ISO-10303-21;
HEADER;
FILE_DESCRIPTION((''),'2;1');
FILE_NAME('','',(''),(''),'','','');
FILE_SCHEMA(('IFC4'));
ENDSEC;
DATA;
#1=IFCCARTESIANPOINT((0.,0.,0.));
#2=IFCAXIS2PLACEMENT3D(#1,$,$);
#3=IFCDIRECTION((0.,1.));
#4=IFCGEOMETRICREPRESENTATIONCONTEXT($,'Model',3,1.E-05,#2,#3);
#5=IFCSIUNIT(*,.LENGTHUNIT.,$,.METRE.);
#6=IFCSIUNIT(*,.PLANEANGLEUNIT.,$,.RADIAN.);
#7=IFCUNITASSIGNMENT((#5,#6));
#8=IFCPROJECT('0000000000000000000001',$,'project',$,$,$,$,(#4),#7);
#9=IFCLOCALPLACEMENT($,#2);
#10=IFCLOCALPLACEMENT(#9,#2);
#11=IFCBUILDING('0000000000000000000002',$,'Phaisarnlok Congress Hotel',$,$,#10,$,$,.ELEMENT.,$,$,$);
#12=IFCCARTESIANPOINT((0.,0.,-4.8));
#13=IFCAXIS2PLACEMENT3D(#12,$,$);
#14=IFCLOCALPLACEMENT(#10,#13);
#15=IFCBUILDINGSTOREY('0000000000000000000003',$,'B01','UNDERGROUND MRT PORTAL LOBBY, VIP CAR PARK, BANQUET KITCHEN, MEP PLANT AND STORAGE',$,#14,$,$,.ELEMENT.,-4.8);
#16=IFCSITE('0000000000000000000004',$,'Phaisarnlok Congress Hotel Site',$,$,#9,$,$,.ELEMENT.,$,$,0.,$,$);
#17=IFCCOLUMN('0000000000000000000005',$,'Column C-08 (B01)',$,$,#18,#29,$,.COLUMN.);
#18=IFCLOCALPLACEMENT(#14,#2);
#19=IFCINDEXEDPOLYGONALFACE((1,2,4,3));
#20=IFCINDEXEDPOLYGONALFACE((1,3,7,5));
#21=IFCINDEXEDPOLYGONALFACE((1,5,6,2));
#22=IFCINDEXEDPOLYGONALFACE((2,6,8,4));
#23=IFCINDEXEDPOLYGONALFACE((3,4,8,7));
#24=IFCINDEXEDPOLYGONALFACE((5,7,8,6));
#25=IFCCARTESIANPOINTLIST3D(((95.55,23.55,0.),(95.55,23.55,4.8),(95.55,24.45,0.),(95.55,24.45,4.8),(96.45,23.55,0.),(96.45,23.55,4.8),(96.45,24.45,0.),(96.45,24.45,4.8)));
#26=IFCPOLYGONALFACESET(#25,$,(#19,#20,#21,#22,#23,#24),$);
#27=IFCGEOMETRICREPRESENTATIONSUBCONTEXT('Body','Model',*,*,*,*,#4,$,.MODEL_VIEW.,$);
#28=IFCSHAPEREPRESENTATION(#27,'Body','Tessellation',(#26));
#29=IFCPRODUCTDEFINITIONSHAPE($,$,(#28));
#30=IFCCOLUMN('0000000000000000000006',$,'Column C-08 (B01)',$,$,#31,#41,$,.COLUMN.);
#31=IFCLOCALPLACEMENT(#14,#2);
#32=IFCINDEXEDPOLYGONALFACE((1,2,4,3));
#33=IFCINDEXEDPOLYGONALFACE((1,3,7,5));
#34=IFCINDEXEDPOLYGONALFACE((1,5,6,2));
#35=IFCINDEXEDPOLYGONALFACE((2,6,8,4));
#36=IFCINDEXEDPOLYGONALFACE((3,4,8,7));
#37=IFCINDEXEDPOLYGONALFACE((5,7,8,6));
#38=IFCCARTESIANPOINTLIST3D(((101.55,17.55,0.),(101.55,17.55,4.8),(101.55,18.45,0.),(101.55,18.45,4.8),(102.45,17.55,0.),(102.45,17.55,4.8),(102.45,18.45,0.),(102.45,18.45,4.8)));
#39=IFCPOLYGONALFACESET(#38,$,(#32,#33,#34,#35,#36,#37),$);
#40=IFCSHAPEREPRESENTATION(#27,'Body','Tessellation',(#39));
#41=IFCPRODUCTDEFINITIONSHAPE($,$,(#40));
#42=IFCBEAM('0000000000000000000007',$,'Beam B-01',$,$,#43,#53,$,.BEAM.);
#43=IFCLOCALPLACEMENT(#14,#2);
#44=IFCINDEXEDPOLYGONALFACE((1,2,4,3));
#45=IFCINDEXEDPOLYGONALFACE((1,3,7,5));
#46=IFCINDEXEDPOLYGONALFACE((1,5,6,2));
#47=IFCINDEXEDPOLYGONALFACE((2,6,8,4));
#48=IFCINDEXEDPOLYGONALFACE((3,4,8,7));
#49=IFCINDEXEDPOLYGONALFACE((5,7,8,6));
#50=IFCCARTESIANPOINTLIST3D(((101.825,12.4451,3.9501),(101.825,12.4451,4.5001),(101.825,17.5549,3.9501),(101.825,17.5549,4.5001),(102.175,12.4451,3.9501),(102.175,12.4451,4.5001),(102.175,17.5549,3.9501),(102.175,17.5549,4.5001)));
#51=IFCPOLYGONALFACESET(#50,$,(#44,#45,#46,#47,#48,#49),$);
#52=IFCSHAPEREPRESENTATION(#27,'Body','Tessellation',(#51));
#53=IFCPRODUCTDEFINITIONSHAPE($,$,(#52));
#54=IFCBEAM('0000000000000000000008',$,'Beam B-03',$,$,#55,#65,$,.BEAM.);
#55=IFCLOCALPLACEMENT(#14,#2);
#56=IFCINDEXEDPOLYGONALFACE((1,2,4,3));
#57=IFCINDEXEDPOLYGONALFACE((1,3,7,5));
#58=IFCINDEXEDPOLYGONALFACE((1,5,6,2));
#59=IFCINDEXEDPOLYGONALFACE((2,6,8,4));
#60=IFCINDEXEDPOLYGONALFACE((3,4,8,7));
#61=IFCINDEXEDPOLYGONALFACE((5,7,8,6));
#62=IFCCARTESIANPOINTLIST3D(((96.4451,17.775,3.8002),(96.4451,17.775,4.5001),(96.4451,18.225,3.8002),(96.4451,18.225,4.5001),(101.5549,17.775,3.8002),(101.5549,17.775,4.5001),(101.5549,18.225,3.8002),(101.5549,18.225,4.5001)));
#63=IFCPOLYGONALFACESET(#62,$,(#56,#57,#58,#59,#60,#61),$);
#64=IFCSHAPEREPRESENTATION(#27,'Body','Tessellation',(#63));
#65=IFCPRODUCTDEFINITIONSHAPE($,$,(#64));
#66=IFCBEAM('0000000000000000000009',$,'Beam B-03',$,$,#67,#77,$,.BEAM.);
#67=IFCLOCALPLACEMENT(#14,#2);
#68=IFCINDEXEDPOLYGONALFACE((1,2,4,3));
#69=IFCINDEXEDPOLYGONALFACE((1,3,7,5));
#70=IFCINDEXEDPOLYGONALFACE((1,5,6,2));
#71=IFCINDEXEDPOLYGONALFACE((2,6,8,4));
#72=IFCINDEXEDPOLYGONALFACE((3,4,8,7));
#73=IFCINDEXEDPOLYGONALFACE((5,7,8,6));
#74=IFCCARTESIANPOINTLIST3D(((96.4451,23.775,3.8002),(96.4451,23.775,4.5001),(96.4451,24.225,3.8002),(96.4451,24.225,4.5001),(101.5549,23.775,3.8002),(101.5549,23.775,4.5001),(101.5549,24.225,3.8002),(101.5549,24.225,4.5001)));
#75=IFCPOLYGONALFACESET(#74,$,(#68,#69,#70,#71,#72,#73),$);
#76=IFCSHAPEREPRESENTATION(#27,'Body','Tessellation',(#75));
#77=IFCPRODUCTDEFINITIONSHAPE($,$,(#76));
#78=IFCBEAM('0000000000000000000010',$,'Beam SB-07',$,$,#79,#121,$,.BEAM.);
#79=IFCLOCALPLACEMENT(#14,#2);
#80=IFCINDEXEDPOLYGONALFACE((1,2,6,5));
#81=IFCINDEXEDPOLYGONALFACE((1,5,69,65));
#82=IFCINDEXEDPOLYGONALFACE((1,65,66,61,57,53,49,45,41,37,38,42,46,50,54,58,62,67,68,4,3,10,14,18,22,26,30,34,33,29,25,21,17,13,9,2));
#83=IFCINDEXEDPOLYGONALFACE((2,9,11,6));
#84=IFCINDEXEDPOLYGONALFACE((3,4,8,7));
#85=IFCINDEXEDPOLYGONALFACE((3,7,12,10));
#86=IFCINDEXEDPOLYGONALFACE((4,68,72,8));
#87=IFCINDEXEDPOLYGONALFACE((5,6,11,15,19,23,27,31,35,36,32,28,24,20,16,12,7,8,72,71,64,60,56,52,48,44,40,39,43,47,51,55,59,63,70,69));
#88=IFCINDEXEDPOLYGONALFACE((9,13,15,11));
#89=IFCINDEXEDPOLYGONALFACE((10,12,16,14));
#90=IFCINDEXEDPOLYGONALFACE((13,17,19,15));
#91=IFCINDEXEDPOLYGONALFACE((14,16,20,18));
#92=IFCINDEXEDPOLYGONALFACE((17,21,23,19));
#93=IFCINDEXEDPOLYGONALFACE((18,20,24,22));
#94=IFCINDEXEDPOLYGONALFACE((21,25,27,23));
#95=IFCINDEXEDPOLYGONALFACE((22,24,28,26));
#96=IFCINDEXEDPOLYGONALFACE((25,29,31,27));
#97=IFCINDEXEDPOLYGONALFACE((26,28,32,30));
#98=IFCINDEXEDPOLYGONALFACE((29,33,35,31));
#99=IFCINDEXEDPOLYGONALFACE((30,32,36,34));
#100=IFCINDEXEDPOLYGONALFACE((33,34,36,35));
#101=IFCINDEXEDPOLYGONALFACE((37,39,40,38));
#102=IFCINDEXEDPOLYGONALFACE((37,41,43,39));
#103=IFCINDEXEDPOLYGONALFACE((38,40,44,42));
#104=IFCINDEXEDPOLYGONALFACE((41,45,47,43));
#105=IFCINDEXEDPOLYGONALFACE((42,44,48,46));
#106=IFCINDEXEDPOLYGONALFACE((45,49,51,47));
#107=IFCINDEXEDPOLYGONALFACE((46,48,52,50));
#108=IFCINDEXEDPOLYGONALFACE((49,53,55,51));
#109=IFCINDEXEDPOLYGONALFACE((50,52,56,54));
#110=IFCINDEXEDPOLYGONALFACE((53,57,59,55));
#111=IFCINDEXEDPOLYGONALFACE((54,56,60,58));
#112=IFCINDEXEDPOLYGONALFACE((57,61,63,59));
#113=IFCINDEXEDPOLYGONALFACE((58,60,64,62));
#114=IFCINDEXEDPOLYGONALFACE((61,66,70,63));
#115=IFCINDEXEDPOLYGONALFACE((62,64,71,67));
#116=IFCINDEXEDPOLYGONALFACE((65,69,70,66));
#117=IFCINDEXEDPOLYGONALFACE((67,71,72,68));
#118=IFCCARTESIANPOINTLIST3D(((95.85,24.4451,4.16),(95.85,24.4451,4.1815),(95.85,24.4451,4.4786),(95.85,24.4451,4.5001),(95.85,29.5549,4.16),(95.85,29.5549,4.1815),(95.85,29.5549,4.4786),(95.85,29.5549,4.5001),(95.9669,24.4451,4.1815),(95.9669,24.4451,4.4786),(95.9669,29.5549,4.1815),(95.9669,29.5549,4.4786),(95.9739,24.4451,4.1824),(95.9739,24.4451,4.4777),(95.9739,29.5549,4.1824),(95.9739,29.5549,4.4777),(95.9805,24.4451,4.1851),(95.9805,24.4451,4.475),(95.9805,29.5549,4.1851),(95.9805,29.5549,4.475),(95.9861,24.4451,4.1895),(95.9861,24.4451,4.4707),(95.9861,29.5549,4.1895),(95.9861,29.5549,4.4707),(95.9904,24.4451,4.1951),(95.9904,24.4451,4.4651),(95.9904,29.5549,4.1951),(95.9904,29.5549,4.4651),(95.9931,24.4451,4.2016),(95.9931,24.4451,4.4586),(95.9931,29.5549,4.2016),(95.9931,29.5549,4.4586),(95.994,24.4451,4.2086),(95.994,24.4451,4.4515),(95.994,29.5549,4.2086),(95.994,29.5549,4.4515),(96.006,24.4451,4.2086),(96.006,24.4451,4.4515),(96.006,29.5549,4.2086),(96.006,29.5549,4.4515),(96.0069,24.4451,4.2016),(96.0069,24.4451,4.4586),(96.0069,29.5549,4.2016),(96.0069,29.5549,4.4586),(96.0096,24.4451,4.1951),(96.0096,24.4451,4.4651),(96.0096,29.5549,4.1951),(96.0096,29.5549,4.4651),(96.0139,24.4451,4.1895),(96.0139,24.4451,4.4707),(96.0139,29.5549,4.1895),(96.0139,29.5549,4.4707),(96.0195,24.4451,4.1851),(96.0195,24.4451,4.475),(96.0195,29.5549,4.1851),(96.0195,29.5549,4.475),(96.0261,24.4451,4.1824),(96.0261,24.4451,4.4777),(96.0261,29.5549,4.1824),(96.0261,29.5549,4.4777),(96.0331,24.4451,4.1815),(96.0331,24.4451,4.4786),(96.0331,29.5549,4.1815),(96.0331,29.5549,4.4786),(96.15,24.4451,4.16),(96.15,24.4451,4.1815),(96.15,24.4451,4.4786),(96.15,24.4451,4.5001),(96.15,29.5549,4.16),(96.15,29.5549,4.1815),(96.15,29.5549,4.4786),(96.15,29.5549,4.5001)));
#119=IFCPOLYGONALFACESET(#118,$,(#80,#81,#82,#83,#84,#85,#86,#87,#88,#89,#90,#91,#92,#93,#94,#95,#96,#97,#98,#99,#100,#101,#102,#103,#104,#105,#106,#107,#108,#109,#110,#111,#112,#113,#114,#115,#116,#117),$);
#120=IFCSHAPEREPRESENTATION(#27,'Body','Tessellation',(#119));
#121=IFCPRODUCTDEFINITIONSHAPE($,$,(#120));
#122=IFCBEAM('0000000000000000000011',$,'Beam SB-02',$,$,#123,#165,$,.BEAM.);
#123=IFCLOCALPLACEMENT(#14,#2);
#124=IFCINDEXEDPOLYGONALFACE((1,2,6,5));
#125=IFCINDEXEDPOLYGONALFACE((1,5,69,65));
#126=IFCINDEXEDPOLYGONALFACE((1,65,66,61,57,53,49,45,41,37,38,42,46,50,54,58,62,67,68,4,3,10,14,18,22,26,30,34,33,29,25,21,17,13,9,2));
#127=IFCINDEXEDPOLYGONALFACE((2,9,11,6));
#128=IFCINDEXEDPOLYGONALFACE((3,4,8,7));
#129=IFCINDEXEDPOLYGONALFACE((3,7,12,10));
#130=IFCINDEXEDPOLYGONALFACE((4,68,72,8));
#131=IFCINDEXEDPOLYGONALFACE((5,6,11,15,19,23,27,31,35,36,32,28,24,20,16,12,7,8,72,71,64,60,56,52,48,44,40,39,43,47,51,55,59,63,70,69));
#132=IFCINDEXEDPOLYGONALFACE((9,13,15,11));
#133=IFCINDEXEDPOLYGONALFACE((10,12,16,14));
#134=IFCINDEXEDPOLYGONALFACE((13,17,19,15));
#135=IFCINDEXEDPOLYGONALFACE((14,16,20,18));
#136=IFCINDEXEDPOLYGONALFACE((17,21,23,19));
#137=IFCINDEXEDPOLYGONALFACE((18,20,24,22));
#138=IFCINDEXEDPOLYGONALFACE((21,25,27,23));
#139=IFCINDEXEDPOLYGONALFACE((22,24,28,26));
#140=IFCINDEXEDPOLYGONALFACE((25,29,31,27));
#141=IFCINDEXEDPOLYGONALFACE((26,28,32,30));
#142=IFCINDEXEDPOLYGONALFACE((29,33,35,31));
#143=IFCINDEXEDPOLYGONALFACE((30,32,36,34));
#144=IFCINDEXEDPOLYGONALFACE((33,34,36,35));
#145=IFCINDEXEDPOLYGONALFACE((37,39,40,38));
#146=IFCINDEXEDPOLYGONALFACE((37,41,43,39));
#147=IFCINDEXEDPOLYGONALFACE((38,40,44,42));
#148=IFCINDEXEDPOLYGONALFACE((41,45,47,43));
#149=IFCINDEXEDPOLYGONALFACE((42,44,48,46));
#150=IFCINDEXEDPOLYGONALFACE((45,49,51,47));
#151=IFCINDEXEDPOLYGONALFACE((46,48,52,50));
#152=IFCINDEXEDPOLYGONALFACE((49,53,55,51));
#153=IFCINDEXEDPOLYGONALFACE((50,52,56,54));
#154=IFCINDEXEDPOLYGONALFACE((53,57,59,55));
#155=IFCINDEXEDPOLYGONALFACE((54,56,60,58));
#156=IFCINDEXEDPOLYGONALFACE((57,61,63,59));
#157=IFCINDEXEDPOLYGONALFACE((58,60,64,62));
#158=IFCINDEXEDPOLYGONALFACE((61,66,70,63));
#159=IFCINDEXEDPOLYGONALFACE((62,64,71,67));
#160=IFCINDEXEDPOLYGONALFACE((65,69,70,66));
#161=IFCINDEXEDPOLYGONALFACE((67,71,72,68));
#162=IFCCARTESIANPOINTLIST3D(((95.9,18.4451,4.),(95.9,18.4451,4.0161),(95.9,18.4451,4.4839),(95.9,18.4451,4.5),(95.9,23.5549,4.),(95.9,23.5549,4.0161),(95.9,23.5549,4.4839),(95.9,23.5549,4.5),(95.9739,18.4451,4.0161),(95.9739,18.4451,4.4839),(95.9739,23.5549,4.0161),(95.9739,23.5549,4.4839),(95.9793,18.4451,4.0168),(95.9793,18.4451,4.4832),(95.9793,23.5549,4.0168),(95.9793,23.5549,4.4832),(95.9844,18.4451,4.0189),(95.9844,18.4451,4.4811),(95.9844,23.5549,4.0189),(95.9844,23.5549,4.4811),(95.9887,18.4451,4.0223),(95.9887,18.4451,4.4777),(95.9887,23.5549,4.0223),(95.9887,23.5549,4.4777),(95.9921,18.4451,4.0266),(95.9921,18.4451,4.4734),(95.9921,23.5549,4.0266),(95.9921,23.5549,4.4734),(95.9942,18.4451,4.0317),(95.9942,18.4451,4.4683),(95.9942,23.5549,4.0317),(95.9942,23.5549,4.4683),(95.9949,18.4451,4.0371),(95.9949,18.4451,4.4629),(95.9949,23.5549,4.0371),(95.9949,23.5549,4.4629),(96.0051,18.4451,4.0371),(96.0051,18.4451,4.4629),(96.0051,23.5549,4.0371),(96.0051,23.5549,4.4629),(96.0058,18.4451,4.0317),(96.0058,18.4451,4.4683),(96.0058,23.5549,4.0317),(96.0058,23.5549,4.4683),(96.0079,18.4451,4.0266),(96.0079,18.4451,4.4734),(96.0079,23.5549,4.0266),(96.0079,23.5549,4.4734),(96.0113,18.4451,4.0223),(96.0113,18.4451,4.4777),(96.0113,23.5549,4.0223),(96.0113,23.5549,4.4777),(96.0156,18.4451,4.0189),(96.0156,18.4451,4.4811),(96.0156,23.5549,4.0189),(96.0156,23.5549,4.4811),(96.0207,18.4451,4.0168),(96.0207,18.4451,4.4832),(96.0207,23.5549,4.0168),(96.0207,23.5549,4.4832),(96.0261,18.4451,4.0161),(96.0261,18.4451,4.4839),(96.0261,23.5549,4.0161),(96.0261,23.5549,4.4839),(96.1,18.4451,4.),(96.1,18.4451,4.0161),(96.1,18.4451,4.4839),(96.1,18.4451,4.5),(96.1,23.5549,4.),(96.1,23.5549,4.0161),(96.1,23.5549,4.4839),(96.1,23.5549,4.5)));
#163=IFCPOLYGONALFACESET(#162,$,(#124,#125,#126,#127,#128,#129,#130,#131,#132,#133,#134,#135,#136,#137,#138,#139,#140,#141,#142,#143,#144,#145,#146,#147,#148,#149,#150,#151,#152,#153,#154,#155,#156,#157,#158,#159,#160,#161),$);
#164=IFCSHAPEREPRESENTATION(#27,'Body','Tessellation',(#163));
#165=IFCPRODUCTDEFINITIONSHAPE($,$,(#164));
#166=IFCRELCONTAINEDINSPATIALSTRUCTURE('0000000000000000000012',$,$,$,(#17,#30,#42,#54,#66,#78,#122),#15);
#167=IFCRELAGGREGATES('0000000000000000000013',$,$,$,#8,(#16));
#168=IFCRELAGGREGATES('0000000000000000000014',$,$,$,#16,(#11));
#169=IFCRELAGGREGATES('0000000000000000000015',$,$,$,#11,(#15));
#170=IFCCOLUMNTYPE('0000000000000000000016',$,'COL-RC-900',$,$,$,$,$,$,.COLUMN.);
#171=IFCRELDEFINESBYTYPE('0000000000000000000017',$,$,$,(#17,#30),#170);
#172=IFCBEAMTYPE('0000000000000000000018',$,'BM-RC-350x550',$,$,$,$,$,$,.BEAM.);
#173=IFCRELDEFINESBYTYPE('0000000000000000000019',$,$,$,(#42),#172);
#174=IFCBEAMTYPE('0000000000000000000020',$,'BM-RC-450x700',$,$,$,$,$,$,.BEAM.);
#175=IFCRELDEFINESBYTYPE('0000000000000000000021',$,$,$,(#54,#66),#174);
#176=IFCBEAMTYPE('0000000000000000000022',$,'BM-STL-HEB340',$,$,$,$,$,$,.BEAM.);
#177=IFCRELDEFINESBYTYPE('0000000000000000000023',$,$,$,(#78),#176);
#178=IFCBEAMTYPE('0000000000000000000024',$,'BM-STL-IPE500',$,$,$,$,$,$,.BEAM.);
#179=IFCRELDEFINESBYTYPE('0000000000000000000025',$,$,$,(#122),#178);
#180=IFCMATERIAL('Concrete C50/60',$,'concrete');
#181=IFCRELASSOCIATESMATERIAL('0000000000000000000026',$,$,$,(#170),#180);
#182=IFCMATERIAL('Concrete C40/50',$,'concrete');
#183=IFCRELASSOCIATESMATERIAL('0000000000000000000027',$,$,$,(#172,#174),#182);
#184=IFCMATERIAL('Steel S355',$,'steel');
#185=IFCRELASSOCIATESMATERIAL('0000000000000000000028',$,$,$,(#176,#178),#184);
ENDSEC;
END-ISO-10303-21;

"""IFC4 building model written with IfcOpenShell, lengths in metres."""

from ifc_helpers import new_model, si_unit, direction, frame, origin, origin_2d, place, context, subcontext, project, spatial, rectangle, i_section, extrude, material, material_profile, profile_set, type_object, element, save


model = new_model("IFC4")

# Units and contexts
model_context = context("Model", 3, precision=1e-05, world=origin(), true_north=direction((0.0, 1.0)))
body_context = subcontext(model_context, "Body", "Model", "MODEL_VIEW")
ifc_project = project(units=[si_unit("LENGTHUNIT", "METRE"), si_unit("PLANEANGLEUNIT", "RADIAN")], contexts=[model_context])

# Site, building, storey
site_placement = place(None, origin())
site = spatial("IfcSite", under=ifc_project, at=site_placement, Name="Phaisarnlok Congress Hotel Site", CompositionType="ELEMENT", RefElevation=0.0)
building_placement = place(site_placement, origin())
building = spatial("IfcBuilding", under=site, at=building_placement, Name="Phaisarnlok Congress Hotel", CompositionType="ELEMENT")
storey_placement = place(building_placement, frame((0.0, 0.0, -4.8)))
storey = spatial("IfcBuildingStorey", under=building, at=storey_placement, Name="B01", Description="UNDERGROUND MRT PORTAL LOBBY, VIP CAR PARK, BANQUET KITCHEN, MEP PLANT AND STORAGE", CompositionType="ELEMENT", Elevation=-4.8)

# Shared definitions
ifc_material_1 = material(Name="Concrete C40/50", Category="concrete")

# Columns
ifc_material_2 = material(Name="Concrete C50/60", Category="concrete")
ifc_material_profile_1 = material_profile(ifc_material_2, rectangle(XDim=0.8999, YDim=0.8999, at=origin_2d()), Name="RC 900x900")
ifc_profile_set_1 = profile_set([ifc_material_profile_1], Name="Concrete C50/60")
column_type = type_object("IfcColumnType", Name="COL-RC-900", PredefinedType="COLUMN", material=ifc_profile_set_1)
for number, where, z_axis, x_axis, name in (
    (1, (96.0, 24.0, 0.0), (0.0, 0.0, 1.0), (1.0, 0.0, 0.0), "Column C-08 (B01)"),
    (2, (102.0, 18.0, 0.0), (0.0, 0.0, 1.0), (1.0, 0.0, 0.0), "Column C-08 (B01)"),
):
    element("IfcColumn", number, at=place(storey_placement, frame(where, z_axis=z_axis, x_axis=x_axis)), inside=storey, type_object=column_type, Name=name, PredefinedType="COLUMN", context=body_context, shape_type="SweptSolid", body=[
        extrude(rectangle(XDim=0.8999, YDim=0.8999, at=origin_2d()), origin(), (0.0, 0.0, 1.0), 4.8),
    ])

# Beams
ifc_material_profile_2 = material_profile(ifc_material_1, rectangle(XDim=0.3501, YDim=0.55, at=origin_2d()), Name="RC 350x550")
ifc_profile_set_2 = profile_set([ifc_material_profile_2], Name="Concrete C40/50")
beam_type_1 = type_object("IfcBeamType", Name="BM-RC-350x550", PredefinedType="BEAM", material=ifc_profile_set_2)
beam_1_placement = place(storey_placement, frame((102.0, 12.4451, 4.2251), z_axis=(0.0, 1.0, 0.0), x_axis=(-1.0, 0.0, 0.0)))
element("IfcBeam", 3, at=beam_1_placement, inside=storey, type_object=beam_type_1, Name="Beam B-01", PredefinedType="BEAM", context=body_context, shape_type="SweptSolid", body=[
    extrude(rectangle(XDim=0.3501, YDim=0.55, at=origin_2d()), origin(), (0.0, 0.0, 1.0), 5.1099),
])
ifc_material_profile_3 = material_profile(ifc_material_1, rectangle(XDim=0.45, YDim=0.7, at=origin_2d()), Name="RC 450x700")
ifc_profile_set_3 = profile_set([ifc_material_profile_3], Name="Concrete C40/50")
beam_type_2 = type_object("IfcBeamType", Name="BM-RC-450x700", PredefinedType="BEAM", material=ifc_profile_set_3)
for number, where, z_axis, x_axis, name in (
    (4, (96.4451, 18.0, 4.1501), (1.0, 0.0, 0.0), (0.0, 1.0, 0.0), "Beam B-03"),
    (5, (96.4451, 24.0, 4.1501), (1.0, 0.0, 0.0), (0.0, 1.0, 0.0), "Beam B-03"),
):
    element("IfcBeam", number, at=place(storey_placement, frame(where, z_axis=z_axis, x_axis=x_axis)), inside=storey, type_object=beam_type_2, Name=name, PredefinedType="BEAM", context=body_context, shape_type="SweptSolid", body=[
        extrude(rectangle(XDim=0.45, YDim=0.7, at=origin_2d()), origin(), (0.0, 0.0, 1.0), 5.1099),
    ])
ifc_material_3 = material(Name="Steel S355", Category="steel")
ifc_material_profile_4 = material_profile(ifc_material_3, i_section(OverallWidth=0.3, OverallDepth=0.3401, WebThickness=0.012, FlangeThickness=0.0215, FilletRadius=0.0271, at=origin_2d()), Name="HEB 340")
ifc_profile_set_4 = profile_set([ifc_material_profile_4], Name="Steel S355")
beam_type_3 = type_object("IfcBeamType", Name="BM-STL-HEB340", PredefinedType="BEAM", material=ifc_profile_set_4)
beam_2_placement = place(storey_placement, frame((96.0, 24.4451, 4.3301), z_axis=(0.0, 1.0, 0.0), x_axis=(-1.0, 0.0, 0.0)))
element("IfcBeam", 6, at=beam_2_placement, inside=storey, type_object=beam_type_3, Name="Beam SB-07", PredefinedType="BEAM", context=body_context, shape_type="SweptSolid", body=[
    extrude(i_section(OverallWidth=0.3, OverallDepth=0.3401, WebThickness=0.012, FlangeThickness=0.0215, FilletRadius=0.0271, at=origin_2d()), origin(), (0.0, 0.0, 1.0), 5.1099),
])
ifc_material_profile_5 = material_profile(ifc_material_3, i_section(OverallWidth=0.2, OverallDepth=0.5, WebThickness=0.0103, FlangeThickness=0.0161, FilletRadius=0.021, at=origin_2d()), Name="IPE 500")
ifc_profile_set_5 = profile_set([ifc_material_profile_5], Name="Steel S355")
beam_type_4 = type_object("IfcBeamType", Name="BM-STL-IPE500", PredefinedType="BEAM", material=ifc_profile_set_5)
for number, where, z_axis, x_axis, name in (
    (7, (96.0, 18.4451, 4.25), (0.0, 1.0, 0.0), (-1.0, 0.0, 0.0), "Beam SB-02"),
):
    element("IfcBeam", number, at=place(storey_placement, frame(where, z_axis=z_axis, x_axis=x_axis)), inside=storey, type_object=beam_type_4, Name=name, PredefinedType="BEAM", context=body_context, shape_type="SweptSolid", body=[
        extrude(i_section(OverallWidth=0.2, OverallDepth=0.5, WebThickness=0.0103, FlangeThickness=0.0161, FilletRadius=0.021, at=origin_2d()), origin(), (0.0, 0.0, 1.0), 5.1099),
    ])

save(model, "model.ifc")
